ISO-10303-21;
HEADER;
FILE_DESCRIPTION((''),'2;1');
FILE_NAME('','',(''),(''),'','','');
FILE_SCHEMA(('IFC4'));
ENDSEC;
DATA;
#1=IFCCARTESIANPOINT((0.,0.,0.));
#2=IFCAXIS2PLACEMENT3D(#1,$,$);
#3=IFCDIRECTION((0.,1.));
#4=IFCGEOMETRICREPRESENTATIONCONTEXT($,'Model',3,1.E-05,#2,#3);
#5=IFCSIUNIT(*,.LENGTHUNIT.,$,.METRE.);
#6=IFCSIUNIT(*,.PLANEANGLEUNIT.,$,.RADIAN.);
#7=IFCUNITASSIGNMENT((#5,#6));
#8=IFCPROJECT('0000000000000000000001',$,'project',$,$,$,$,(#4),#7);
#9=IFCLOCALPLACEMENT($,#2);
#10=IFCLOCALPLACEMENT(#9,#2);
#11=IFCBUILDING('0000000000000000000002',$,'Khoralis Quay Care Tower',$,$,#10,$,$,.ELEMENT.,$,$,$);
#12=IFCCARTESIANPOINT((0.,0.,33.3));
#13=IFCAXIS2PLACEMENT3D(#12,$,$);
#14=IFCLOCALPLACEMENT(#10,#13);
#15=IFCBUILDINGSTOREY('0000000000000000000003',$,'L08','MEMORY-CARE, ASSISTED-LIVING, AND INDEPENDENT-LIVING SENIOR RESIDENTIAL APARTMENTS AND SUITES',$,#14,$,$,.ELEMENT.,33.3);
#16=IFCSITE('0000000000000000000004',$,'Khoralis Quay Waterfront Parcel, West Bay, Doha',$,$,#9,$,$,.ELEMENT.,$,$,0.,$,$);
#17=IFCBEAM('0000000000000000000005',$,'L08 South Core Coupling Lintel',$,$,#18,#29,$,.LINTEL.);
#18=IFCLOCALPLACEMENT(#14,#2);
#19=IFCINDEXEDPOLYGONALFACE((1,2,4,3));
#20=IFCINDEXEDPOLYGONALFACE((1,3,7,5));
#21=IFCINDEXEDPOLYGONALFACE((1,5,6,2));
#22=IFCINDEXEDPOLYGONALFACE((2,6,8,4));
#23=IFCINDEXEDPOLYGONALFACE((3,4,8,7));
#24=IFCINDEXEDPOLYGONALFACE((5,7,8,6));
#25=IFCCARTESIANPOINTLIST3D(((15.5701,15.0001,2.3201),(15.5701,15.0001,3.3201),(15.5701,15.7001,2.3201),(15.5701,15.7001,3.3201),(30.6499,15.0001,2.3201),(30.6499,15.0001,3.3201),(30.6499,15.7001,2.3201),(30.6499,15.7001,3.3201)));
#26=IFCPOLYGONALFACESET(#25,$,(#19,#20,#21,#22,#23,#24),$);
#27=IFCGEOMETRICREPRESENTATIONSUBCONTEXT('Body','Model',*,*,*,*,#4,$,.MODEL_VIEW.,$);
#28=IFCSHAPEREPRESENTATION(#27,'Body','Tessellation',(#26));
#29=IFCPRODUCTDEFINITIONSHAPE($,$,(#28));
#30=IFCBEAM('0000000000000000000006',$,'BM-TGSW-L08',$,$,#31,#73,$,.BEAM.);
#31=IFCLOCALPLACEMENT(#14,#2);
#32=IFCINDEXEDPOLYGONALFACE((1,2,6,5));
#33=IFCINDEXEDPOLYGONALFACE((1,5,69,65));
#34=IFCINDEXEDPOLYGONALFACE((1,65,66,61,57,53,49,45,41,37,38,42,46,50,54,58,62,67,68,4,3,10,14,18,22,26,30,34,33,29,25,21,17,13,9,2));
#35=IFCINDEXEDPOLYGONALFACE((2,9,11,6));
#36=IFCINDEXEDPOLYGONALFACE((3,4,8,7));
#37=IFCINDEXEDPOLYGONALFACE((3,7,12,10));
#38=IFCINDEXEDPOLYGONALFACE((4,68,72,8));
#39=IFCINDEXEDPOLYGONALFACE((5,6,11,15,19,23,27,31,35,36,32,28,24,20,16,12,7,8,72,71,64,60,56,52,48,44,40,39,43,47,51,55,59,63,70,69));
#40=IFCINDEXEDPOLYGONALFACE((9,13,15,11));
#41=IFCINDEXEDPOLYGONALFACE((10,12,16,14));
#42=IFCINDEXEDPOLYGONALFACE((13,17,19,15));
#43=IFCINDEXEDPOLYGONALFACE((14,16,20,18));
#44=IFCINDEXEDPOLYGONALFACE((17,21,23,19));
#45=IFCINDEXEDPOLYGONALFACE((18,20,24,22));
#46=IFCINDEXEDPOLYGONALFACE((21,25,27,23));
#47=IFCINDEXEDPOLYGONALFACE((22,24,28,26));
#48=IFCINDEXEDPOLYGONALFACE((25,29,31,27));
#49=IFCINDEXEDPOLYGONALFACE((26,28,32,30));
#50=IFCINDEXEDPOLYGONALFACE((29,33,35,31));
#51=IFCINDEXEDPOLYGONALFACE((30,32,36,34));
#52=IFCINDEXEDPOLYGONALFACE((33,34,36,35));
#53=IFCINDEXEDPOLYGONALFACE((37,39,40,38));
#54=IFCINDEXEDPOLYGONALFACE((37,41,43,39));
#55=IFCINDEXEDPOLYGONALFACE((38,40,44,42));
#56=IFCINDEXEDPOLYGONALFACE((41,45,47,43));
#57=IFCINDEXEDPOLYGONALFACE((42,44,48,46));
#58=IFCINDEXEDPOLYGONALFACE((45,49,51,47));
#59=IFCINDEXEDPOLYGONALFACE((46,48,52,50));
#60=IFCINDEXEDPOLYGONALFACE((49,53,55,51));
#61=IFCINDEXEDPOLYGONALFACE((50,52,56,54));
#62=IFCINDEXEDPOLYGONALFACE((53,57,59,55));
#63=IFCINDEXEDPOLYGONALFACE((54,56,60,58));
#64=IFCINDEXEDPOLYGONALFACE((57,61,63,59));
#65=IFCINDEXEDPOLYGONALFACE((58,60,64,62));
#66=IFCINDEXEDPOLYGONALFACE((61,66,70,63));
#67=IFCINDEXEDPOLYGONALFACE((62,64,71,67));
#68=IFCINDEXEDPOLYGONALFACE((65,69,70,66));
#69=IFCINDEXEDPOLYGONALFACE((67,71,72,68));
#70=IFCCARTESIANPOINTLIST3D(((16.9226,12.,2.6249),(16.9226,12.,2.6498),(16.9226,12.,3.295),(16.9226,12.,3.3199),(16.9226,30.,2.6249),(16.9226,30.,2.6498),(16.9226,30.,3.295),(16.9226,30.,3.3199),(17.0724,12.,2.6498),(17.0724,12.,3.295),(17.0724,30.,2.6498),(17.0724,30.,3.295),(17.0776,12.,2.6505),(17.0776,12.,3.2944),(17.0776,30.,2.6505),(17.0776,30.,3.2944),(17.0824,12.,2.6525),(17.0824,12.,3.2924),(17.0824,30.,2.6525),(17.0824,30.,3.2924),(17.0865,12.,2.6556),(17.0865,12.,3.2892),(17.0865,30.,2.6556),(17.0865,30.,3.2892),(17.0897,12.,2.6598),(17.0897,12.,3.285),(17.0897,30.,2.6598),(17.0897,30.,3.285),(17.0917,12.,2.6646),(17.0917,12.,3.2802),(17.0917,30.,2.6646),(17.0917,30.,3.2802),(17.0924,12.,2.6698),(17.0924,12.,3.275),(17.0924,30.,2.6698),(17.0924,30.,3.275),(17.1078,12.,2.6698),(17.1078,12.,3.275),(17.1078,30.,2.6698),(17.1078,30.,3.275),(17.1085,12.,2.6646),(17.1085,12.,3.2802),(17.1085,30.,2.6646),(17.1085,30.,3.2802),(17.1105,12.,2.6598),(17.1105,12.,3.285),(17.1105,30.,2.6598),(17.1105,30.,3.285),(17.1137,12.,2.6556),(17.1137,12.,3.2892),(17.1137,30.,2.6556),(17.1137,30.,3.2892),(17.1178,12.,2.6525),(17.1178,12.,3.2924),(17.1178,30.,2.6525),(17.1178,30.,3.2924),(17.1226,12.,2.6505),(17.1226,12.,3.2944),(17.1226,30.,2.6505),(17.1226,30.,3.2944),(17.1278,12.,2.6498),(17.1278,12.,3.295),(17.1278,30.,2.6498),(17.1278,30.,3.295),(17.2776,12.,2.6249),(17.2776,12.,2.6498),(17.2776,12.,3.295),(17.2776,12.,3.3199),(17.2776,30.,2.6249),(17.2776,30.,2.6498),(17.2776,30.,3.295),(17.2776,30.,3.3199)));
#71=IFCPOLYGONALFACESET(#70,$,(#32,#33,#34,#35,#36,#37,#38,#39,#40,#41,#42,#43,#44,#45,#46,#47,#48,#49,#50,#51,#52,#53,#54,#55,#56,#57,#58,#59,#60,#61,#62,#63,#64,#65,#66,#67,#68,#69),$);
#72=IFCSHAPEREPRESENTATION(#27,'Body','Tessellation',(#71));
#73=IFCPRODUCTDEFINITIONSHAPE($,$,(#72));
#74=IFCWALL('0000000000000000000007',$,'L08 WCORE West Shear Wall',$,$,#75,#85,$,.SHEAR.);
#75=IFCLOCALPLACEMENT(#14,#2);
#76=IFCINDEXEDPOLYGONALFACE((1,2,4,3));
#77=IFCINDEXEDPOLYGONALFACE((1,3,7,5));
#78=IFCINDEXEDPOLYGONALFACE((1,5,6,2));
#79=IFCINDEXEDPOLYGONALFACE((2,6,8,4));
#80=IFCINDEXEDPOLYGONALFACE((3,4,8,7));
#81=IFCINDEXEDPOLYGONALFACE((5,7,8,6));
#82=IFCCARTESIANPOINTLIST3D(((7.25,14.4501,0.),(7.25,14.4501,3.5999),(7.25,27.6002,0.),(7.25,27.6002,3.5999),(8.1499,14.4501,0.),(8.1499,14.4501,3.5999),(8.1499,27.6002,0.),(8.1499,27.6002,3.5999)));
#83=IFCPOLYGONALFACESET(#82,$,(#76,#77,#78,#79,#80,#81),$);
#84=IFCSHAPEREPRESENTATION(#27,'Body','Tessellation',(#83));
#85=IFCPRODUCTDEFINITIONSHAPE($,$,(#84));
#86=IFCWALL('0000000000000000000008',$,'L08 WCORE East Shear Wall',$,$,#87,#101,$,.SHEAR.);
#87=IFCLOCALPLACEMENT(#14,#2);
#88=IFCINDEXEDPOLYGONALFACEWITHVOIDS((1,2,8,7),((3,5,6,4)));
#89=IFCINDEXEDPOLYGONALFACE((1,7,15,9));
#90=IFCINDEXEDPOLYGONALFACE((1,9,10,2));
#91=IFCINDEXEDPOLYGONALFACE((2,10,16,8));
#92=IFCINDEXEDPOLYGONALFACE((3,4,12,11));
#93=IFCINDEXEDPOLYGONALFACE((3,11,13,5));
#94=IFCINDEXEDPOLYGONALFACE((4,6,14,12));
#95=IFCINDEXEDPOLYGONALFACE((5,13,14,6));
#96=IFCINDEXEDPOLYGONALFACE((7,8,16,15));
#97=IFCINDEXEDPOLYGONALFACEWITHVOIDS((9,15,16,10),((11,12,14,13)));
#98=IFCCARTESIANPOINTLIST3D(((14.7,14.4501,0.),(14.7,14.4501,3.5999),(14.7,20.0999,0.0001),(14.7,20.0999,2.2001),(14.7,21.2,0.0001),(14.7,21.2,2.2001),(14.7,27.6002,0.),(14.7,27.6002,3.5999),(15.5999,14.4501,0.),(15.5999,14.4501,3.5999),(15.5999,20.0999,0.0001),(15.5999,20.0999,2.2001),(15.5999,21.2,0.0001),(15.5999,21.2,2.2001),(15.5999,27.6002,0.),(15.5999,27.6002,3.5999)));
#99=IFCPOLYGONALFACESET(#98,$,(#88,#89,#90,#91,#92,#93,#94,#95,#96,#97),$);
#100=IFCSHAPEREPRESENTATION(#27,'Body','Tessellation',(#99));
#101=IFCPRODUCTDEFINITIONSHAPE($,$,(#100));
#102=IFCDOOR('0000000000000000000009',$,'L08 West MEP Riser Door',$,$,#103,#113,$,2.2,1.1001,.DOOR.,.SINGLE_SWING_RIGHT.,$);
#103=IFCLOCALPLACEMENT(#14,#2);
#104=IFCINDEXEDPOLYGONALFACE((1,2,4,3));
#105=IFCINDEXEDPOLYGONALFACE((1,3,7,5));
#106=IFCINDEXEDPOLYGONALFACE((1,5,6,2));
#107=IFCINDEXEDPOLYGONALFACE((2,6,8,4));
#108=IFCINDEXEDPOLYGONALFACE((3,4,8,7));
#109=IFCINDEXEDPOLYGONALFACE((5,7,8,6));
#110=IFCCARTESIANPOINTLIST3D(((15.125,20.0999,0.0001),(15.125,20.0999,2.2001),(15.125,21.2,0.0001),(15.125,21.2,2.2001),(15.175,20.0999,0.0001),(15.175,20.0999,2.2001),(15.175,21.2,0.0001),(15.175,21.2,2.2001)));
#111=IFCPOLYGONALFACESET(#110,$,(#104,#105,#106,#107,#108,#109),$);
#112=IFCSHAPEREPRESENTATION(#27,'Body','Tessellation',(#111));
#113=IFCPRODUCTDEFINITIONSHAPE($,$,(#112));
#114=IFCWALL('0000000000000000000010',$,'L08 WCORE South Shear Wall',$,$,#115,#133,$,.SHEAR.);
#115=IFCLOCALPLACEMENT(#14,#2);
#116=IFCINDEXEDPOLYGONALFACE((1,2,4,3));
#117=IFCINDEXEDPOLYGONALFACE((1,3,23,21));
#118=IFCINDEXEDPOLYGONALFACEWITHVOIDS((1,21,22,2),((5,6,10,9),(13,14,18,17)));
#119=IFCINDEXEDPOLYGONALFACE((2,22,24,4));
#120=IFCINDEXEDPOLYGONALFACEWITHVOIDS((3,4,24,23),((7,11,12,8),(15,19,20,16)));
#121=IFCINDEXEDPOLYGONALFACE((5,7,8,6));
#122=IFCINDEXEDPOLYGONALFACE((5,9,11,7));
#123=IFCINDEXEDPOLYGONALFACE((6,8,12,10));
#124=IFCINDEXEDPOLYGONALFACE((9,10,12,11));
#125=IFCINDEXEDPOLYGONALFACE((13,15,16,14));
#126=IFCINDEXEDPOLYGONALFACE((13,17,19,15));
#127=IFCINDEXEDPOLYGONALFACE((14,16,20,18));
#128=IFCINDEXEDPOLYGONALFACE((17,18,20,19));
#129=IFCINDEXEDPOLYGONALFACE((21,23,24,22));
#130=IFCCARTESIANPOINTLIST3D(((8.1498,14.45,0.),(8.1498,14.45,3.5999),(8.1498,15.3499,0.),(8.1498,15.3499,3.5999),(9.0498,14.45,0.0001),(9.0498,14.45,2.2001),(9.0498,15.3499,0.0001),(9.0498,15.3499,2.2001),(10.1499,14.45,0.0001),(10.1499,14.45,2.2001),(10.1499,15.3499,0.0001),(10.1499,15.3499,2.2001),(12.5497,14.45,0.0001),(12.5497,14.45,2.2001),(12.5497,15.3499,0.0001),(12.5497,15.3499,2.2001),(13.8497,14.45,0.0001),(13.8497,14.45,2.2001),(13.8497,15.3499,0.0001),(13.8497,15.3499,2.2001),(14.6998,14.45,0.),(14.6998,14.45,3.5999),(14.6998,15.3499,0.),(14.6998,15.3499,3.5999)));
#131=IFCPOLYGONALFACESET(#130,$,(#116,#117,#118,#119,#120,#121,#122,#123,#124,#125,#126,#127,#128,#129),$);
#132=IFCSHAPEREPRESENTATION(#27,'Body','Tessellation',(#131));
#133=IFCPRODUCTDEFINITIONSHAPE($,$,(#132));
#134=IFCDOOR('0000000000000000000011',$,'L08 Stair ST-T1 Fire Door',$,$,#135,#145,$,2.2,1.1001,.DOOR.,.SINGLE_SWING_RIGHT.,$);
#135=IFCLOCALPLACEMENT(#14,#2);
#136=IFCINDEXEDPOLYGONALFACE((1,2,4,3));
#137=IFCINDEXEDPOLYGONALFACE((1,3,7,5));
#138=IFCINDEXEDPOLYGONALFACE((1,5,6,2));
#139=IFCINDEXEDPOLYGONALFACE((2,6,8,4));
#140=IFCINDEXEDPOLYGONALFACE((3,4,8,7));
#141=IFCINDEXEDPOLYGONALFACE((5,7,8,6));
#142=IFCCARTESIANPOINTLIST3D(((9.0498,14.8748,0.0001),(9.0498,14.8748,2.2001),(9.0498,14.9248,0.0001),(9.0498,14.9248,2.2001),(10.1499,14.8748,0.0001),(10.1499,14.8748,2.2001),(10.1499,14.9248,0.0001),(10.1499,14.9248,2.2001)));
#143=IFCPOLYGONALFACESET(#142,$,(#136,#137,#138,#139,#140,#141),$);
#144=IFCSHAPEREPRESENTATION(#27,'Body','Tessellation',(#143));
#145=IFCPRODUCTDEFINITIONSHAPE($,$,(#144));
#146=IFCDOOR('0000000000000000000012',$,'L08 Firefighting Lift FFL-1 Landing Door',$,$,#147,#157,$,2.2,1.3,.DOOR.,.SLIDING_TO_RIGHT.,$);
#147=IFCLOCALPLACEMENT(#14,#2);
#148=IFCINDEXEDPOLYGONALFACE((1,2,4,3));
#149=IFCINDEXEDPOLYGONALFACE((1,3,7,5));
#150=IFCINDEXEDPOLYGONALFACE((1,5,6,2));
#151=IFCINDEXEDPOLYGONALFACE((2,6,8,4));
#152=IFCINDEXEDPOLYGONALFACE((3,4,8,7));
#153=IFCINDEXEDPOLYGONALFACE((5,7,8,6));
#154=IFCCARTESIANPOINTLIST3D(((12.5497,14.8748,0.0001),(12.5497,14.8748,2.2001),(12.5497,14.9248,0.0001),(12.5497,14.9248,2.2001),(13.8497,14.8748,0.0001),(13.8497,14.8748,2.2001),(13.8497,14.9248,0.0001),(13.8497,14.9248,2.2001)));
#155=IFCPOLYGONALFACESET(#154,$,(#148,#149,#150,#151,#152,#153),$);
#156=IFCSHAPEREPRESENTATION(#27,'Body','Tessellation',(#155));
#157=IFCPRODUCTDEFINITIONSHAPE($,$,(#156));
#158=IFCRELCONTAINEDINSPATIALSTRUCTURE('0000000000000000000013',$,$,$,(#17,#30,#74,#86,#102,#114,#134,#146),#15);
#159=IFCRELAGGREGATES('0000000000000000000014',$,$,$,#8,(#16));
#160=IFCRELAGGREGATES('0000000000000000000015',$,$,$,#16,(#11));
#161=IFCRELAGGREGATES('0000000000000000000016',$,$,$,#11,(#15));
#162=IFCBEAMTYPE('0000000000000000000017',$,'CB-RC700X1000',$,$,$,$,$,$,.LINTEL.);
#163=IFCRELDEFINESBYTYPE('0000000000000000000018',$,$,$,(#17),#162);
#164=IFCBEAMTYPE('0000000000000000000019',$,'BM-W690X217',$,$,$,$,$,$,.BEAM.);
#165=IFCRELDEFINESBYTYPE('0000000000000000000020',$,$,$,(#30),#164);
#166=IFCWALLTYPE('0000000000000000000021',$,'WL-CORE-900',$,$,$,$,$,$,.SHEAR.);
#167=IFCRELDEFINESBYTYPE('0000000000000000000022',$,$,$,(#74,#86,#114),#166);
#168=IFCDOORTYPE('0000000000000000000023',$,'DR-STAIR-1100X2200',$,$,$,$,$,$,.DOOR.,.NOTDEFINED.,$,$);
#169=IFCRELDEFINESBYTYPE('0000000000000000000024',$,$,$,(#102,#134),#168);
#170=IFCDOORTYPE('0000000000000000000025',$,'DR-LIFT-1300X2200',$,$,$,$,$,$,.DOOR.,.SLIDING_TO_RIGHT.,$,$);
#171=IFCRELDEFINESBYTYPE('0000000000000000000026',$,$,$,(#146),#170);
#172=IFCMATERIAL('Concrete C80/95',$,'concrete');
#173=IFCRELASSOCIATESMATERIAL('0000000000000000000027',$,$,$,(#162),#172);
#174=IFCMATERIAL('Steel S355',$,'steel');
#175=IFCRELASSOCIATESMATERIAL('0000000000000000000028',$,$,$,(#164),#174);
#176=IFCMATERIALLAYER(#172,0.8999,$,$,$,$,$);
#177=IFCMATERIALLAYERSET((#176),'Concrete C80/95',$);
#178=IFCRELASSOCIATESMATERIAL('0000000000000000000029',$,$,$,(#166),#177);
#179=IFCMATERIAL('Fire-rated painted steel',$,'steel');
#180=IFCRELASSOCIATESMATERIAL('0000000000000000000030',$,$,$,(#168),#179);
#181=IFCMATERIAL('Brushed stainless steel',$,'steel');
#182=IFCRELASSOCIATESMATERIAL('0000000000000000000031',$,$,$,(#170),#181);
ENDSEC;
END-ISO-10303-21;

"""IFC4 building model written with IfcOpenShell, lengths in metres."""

from ifc_helpers import new_model, si_unit, direction, frame, frame_2d, origin, origin_2d, place, context, subcontext, project, spatial, rectangle, i_section, extrude, source, transform, mapped, material, layer, layer_set, material_profile, profile_set, type_object, element, fill, save


model = new_model("IFC4")

# Units and contexts
model_context = context("Model", 3, precision=1e-05, world=origin(), true_north=direction((0.0, 1.0)))
body_context = subcontext(model_context, "Body", "Model", "MODEL_VIEW")
ifc_project = project(units=[si_unit("LENGTHUNIT", "METRE"), si_unit("PLANEANGLEUNIT", "RADIAN")], contexts=[model_context])

# Site, building, storey
site_placement = place(None, origin())
site = spatial("IfcSite", under=ifc_project, at=site_placement, Name="Khoralis Quay Waterfront Parcel, West Bay, Doha", CompositionType="ELEMENT", RefElevation=0.0)
building_placement = place(site_placement, origin())
building = spatial("IfcBuilding", under=site, at=building_placement, Name="Khoralis Quay Care Tower", CompositionType="ELEMENT")
storey_placement = place(building_placement, frame((0.0, 0.0, 33.3)))
storey = spatial("IfcBuildingStorey", under=building, at=storey_placement, Name="L08", Description="MEMORY-CARE, ASSISTED-LIVING, AND INDEPENDENT-LIVING SENIOR RESIDENTIAL APARTMENTS AND SUITES", CompositionType="ELEMENT", Elevation=33.3)

# Beams
ifc_material_1 = material(Name="Concrete C80/95", Category="concrete")
ifc_material_profile_1 = material_profile(ifc_material_1, rectangle(XDim=0.7, YDim=1.0, at=origin_2d()), Name="Concrete C80/95")
ifc_profile_set_1 = profile_set([ifc_material_profile_1], Name="Concrete C80/95")
beam_type_1 = type_object("IfcBeamType", Name="CB-RC700X1000", PredefinedType="LINTEL", material=ifc_profile_set_1)
shared_shape_1 = source(origin(), body_context, "Body", "SweptSolid", [
    extrude(rectangle(XDim=0.7, YDim=1.0, at=origin_2d()), origin(), (0.0, 0.0, 1.0), 15.0798),
])
beam_1_placement = place(storey_placement, frame((15.5701, 15.3501, 2.8201), z_axis=(1.0, 0.0, 0.0), x_axis=(0.0, 1.0, 0.0)))
element("IfcBeam", 1, at=beam_1_placement, inside=storey, type_object=beam_type_1, Name="L08 South Core Coupling Lintel", PredefinedType="LINTEL", context=body_context, shape_type="MappedRepresentation", body=[
    mapped(shared_shape_1, transform((0.0, 0.0, 0.0), scale=1.0)),
])
ifc_material_2 = material(Name="Steel S355", Category="steel")
ifc_material_profile_2 = material_profile(ifc_material_2, i_section(OverallWidth=0.355, OverallDepth=0.6951, WebThickness=0.0154, FlangeThickness=0.0249, FilletRadius=0.02, at=origin_2d()), Name="Steel S355")
ifc_profile_set_2 = profile_set([ifc_material_profile_2], Name="Steel S355")
beam_type_2 = type_object("IfcBeamType", Name="BM-W690X217", PredefinedType="BEAM", material=ifc_profile_set_2)
shared_shape_2 = source(origin(), body_context, "Body", "SweptSolid", [
    extrude(i_section(OverallWidth=0.355, OverallDepth=0.6951, WebThickness=0.0154, FlangeThickness=0.0249, FilletRadius=0.02, at=origin_2d()), origin(), (0.0, 0.0, 1.0), 18.0),
])
beam_2_placement = place(storey_placement, frame((17.1001, 12.0, 2.9724), z_axis=(0.0, 1.0, 0.0), x_axis=(-1.0, 0.0, 0.0)))
element("IfcBeam", 2, at=beam_2_placement, inside=storey, type_object=beam_type_2, Name="BM-TGSW-L08", PredefinedType="BEAM", context=body_context, shape_type="MappedRepresentation", body=[
    mapped(shared_shape_2, transform((0.0, 0.0, 0.0), scale=1.0)),
])

# Wall
ifc_layer_1 = layer(ifc_material_1, 0.8999)
ifc_layer_set_1 = layer_set([ifc_layer_1], Name="Concrete C80/95")
wall_type_1 = type_object("IfcWallType", Name="WL-CORE-900", PredefinedType="SHEAR", material=ifc_layer_set_1)
wall_1_placement = place(storey_placement, frame((7.7, 14.45, 0.0), z_axis=(0.0, 0.0, 1.0), x_axis=(0.0, 1.0, 0.0)))
element("IfcWall", 3, at=wall_1_placement, inside=storey, type_object=wall_type_1, Name="L08 WCORE West Shear Wall", PredefinedType="SHEAR", context=body_context, shape_type="SweptSolid", body=[
    extrude(rectangle(XDim=13.1501, YDim=0.8999, at=frame_2d((6.5752, 0.0))), origin(), (0.0, 0.0, 1.0), 3.5999),
])

# Wall, opening, door
wall_2_placement = place(storey_placement, frame((15.1499, 14.45, 0.0), z_axis=(0.0, 0.0, 1.0), x_axis=(0.0, 1.0, 0.0)))
wall_2 = element("IfcWall", 4, at=wall_2_placement, inside=storey, type_object=wall_type_1, Name="L08 WCORE East Shear Wall", PredefinedType="SHEAR", context=body_context, shape_type="SweptSolid", body=[
    extrude(rectangle(XDim=13.1501, YDim=0.8999, at=frame_2d((6.5752, 0.0))), origin(), (0.0, 0.0, 1.0), 3.5999),
])
opening_1_placement = place(wall_2_placement, frame((5.6499, 0.0, 0.0)))
opening_1 = element("IfcOpeningElement", 5, at=opening_1_placement, cuts=wall_2, PredefinedType="OPENING", context=body_context, shape_type="SweptSolid", body=[
    extrude(rectangle(XDim=1.1001, YDim=2.2, at=frame_2d((0.55, 1.1001))), frame((0.0, 0.46, 0.0), z_axis=(0.0, -1.0, 0.0), x_axis=(1.0, 0.0, 0.0)), (0.0, 0.0, 1.0), 0.9199),
])
ifc_material_3 = material(Name="Fire-rated painted steel", Category="steel")
door_type_1 = type_object("IfcDoorType", Name="DR-STAIR-1100X2200", OperationType="NOTDEFINED", PredefinedType="DOOR", material=ifc_material_3)
shared_shape_3 = source(origin(), body_context, "Body", "SweptSolid", [
    extrude(rectangle(XDim=1.1001, YDim=2.2, at=frame_2d((0.55, 1.1001))), frame((0.0, 0.0249, 0.0), z_axis=(0.0, -1.0, 0.0), x_axis=(1.0, 0.0, 0.0)), (0.0, 0.0, 1.0), 0.05),
])
door_1_placement = place(opening_1_placement, origin())
door_1 = element("IfcDoor", 6, at=door_1_placement, inside=storey, type_object=door_type_1, Name="L08 West MEP Riser Door", OperationType="SINGLE_SWING_RIGHT", OverallHeight=2.2, OverallWidth=1.1001, PredefinedType="DOOR", context=body_context, shape_type="MappedRepresentation", body=[
    mapped(shared_shape_3, transform((0.0, 0.0, 0.0), scale=1.0)),
])
fill(opening_1, door_1)

# Wall, openings, doors
wall_3_placement = place(storey_placement, frame((8.1499, 14.8999, 0.0), z_axis=(0.0, 0.0, 1.0), x_axis=(1.0, 0.0, 0.0)))
wall_3 = element("IfcWall", 7, at=wall_3_placement, inside=storey, type_object=wall_type_1, Name="L08 WCORE South Shear Wall", PredefinedType="SHEAR", context=body_context, shape_type="SweptSolid", body=[
    extrude(rectangle(XDim=6.55, YDim=0.8999, at=frame_2d((3.2749, 0.0))), origin(), (0.0, 0.0, 1.0), 3.5999),
])
opening_2_placement = place(wall_3_placement, frame((0.8999, 0.0, 0.0)))
opening_2 = element("IfcOpeningElement", 8, at=opening_2_placement, cuts=wall_3, PredefinedType="OPENING", context=body_context, shape_type="SweptSolid", body=[
    extrude(rectangle(XDim=1.1001, YDim=2.2, at=frame_2d((0.55, 1.1001))), frame((0.0, 0.46, 0.0), z_axis=(0.0, -1.0, 0.0), x_axis=(1.0, 0.0, 0.0)), (0.0, 0.0, 1.0), 0.9199),
])
opening_3_placement = place(wall_3_placement, frame((4.3999, 0.0, 0.0)))
opening_3 = element("IfcOpeningElement", 9, at=opening_3_placement, cuts=wall_3, PredefinedType="OPENING", context=body_context, shape_type="SweptSolid", body=[
    extrude(rectangle(XDim=1.3, YDim=2.2, at=frame_2d((0.6499, 1.1001))), frame((0.0, 0.46, 0.0), z_axis=(0.0, -1.0, 0.0), x_axis=(1.0, 0.0, 0.0)), (0.0, 0.0, 1.0), 0.9199),
])
door_2_placement = place(opening_2_placement, origin())
door_2 = element("IfcDoor", 10, at=door_2_placement, inside=storey, type_object=door_type_1, Name="L08 Stair ST-T1 Fire Door", OperationType="SINGLE_SWING_RIGHT", OverallHeight=2.2, OverallWidth=1.1001, PredefinedType="DOOR", context=body_context, shape_type="MappedRepresentation", body=[
    mapped(shared_shape_3, transform((0.0, 0.0, 0.0), scale=1.0)),
])
fill(opening_2, door_2)
ifc_material_4 = material(Name="Brushed stainless steel", Category="steel")
door_type_2 = type_object("IfcDoorType", Name="DR-LIFT-1300X2200", OperationType="SLIDING_TO_RIGHT", PredefinedType="DOOR", material=ifc_material_4)
shared_shape_4 = source(origin(), body_context, "Body", "SweptSolid", [
    extrude(rectangle(XDim=1.3, YDim=2.2, at=frame_2d((0.6499, 1.1001))), frame((0.0, 0.0249, 0.0), z_axis=(0.0, -1.0, 0.0), x_axis=(1.0, 0.0, 0.0)), (0.0, 0.0, 1.0), 0.05),
])
door_3_placement = place(opening_3_placement, origin())
door_3 = element("IfcDoor", 11, at=door_3_placement, inside=storey, type_object=door_type_2, Name="L08 Firefighting Lift FFL-1 Landing Door", OperationType="SLIDING_TO_RIGHT", OverallHeight=2.2, OverallWidth=1.3, PredefinedType="DOOR", context=body_context, shape_type="MappedRepresentation", body=[
    mapped(shared_shape_4, transform((0.0, 0.0, 0.0), scale=1.0)),
])
fill(opening_3, door_3)

save(model, "model.ifc")
